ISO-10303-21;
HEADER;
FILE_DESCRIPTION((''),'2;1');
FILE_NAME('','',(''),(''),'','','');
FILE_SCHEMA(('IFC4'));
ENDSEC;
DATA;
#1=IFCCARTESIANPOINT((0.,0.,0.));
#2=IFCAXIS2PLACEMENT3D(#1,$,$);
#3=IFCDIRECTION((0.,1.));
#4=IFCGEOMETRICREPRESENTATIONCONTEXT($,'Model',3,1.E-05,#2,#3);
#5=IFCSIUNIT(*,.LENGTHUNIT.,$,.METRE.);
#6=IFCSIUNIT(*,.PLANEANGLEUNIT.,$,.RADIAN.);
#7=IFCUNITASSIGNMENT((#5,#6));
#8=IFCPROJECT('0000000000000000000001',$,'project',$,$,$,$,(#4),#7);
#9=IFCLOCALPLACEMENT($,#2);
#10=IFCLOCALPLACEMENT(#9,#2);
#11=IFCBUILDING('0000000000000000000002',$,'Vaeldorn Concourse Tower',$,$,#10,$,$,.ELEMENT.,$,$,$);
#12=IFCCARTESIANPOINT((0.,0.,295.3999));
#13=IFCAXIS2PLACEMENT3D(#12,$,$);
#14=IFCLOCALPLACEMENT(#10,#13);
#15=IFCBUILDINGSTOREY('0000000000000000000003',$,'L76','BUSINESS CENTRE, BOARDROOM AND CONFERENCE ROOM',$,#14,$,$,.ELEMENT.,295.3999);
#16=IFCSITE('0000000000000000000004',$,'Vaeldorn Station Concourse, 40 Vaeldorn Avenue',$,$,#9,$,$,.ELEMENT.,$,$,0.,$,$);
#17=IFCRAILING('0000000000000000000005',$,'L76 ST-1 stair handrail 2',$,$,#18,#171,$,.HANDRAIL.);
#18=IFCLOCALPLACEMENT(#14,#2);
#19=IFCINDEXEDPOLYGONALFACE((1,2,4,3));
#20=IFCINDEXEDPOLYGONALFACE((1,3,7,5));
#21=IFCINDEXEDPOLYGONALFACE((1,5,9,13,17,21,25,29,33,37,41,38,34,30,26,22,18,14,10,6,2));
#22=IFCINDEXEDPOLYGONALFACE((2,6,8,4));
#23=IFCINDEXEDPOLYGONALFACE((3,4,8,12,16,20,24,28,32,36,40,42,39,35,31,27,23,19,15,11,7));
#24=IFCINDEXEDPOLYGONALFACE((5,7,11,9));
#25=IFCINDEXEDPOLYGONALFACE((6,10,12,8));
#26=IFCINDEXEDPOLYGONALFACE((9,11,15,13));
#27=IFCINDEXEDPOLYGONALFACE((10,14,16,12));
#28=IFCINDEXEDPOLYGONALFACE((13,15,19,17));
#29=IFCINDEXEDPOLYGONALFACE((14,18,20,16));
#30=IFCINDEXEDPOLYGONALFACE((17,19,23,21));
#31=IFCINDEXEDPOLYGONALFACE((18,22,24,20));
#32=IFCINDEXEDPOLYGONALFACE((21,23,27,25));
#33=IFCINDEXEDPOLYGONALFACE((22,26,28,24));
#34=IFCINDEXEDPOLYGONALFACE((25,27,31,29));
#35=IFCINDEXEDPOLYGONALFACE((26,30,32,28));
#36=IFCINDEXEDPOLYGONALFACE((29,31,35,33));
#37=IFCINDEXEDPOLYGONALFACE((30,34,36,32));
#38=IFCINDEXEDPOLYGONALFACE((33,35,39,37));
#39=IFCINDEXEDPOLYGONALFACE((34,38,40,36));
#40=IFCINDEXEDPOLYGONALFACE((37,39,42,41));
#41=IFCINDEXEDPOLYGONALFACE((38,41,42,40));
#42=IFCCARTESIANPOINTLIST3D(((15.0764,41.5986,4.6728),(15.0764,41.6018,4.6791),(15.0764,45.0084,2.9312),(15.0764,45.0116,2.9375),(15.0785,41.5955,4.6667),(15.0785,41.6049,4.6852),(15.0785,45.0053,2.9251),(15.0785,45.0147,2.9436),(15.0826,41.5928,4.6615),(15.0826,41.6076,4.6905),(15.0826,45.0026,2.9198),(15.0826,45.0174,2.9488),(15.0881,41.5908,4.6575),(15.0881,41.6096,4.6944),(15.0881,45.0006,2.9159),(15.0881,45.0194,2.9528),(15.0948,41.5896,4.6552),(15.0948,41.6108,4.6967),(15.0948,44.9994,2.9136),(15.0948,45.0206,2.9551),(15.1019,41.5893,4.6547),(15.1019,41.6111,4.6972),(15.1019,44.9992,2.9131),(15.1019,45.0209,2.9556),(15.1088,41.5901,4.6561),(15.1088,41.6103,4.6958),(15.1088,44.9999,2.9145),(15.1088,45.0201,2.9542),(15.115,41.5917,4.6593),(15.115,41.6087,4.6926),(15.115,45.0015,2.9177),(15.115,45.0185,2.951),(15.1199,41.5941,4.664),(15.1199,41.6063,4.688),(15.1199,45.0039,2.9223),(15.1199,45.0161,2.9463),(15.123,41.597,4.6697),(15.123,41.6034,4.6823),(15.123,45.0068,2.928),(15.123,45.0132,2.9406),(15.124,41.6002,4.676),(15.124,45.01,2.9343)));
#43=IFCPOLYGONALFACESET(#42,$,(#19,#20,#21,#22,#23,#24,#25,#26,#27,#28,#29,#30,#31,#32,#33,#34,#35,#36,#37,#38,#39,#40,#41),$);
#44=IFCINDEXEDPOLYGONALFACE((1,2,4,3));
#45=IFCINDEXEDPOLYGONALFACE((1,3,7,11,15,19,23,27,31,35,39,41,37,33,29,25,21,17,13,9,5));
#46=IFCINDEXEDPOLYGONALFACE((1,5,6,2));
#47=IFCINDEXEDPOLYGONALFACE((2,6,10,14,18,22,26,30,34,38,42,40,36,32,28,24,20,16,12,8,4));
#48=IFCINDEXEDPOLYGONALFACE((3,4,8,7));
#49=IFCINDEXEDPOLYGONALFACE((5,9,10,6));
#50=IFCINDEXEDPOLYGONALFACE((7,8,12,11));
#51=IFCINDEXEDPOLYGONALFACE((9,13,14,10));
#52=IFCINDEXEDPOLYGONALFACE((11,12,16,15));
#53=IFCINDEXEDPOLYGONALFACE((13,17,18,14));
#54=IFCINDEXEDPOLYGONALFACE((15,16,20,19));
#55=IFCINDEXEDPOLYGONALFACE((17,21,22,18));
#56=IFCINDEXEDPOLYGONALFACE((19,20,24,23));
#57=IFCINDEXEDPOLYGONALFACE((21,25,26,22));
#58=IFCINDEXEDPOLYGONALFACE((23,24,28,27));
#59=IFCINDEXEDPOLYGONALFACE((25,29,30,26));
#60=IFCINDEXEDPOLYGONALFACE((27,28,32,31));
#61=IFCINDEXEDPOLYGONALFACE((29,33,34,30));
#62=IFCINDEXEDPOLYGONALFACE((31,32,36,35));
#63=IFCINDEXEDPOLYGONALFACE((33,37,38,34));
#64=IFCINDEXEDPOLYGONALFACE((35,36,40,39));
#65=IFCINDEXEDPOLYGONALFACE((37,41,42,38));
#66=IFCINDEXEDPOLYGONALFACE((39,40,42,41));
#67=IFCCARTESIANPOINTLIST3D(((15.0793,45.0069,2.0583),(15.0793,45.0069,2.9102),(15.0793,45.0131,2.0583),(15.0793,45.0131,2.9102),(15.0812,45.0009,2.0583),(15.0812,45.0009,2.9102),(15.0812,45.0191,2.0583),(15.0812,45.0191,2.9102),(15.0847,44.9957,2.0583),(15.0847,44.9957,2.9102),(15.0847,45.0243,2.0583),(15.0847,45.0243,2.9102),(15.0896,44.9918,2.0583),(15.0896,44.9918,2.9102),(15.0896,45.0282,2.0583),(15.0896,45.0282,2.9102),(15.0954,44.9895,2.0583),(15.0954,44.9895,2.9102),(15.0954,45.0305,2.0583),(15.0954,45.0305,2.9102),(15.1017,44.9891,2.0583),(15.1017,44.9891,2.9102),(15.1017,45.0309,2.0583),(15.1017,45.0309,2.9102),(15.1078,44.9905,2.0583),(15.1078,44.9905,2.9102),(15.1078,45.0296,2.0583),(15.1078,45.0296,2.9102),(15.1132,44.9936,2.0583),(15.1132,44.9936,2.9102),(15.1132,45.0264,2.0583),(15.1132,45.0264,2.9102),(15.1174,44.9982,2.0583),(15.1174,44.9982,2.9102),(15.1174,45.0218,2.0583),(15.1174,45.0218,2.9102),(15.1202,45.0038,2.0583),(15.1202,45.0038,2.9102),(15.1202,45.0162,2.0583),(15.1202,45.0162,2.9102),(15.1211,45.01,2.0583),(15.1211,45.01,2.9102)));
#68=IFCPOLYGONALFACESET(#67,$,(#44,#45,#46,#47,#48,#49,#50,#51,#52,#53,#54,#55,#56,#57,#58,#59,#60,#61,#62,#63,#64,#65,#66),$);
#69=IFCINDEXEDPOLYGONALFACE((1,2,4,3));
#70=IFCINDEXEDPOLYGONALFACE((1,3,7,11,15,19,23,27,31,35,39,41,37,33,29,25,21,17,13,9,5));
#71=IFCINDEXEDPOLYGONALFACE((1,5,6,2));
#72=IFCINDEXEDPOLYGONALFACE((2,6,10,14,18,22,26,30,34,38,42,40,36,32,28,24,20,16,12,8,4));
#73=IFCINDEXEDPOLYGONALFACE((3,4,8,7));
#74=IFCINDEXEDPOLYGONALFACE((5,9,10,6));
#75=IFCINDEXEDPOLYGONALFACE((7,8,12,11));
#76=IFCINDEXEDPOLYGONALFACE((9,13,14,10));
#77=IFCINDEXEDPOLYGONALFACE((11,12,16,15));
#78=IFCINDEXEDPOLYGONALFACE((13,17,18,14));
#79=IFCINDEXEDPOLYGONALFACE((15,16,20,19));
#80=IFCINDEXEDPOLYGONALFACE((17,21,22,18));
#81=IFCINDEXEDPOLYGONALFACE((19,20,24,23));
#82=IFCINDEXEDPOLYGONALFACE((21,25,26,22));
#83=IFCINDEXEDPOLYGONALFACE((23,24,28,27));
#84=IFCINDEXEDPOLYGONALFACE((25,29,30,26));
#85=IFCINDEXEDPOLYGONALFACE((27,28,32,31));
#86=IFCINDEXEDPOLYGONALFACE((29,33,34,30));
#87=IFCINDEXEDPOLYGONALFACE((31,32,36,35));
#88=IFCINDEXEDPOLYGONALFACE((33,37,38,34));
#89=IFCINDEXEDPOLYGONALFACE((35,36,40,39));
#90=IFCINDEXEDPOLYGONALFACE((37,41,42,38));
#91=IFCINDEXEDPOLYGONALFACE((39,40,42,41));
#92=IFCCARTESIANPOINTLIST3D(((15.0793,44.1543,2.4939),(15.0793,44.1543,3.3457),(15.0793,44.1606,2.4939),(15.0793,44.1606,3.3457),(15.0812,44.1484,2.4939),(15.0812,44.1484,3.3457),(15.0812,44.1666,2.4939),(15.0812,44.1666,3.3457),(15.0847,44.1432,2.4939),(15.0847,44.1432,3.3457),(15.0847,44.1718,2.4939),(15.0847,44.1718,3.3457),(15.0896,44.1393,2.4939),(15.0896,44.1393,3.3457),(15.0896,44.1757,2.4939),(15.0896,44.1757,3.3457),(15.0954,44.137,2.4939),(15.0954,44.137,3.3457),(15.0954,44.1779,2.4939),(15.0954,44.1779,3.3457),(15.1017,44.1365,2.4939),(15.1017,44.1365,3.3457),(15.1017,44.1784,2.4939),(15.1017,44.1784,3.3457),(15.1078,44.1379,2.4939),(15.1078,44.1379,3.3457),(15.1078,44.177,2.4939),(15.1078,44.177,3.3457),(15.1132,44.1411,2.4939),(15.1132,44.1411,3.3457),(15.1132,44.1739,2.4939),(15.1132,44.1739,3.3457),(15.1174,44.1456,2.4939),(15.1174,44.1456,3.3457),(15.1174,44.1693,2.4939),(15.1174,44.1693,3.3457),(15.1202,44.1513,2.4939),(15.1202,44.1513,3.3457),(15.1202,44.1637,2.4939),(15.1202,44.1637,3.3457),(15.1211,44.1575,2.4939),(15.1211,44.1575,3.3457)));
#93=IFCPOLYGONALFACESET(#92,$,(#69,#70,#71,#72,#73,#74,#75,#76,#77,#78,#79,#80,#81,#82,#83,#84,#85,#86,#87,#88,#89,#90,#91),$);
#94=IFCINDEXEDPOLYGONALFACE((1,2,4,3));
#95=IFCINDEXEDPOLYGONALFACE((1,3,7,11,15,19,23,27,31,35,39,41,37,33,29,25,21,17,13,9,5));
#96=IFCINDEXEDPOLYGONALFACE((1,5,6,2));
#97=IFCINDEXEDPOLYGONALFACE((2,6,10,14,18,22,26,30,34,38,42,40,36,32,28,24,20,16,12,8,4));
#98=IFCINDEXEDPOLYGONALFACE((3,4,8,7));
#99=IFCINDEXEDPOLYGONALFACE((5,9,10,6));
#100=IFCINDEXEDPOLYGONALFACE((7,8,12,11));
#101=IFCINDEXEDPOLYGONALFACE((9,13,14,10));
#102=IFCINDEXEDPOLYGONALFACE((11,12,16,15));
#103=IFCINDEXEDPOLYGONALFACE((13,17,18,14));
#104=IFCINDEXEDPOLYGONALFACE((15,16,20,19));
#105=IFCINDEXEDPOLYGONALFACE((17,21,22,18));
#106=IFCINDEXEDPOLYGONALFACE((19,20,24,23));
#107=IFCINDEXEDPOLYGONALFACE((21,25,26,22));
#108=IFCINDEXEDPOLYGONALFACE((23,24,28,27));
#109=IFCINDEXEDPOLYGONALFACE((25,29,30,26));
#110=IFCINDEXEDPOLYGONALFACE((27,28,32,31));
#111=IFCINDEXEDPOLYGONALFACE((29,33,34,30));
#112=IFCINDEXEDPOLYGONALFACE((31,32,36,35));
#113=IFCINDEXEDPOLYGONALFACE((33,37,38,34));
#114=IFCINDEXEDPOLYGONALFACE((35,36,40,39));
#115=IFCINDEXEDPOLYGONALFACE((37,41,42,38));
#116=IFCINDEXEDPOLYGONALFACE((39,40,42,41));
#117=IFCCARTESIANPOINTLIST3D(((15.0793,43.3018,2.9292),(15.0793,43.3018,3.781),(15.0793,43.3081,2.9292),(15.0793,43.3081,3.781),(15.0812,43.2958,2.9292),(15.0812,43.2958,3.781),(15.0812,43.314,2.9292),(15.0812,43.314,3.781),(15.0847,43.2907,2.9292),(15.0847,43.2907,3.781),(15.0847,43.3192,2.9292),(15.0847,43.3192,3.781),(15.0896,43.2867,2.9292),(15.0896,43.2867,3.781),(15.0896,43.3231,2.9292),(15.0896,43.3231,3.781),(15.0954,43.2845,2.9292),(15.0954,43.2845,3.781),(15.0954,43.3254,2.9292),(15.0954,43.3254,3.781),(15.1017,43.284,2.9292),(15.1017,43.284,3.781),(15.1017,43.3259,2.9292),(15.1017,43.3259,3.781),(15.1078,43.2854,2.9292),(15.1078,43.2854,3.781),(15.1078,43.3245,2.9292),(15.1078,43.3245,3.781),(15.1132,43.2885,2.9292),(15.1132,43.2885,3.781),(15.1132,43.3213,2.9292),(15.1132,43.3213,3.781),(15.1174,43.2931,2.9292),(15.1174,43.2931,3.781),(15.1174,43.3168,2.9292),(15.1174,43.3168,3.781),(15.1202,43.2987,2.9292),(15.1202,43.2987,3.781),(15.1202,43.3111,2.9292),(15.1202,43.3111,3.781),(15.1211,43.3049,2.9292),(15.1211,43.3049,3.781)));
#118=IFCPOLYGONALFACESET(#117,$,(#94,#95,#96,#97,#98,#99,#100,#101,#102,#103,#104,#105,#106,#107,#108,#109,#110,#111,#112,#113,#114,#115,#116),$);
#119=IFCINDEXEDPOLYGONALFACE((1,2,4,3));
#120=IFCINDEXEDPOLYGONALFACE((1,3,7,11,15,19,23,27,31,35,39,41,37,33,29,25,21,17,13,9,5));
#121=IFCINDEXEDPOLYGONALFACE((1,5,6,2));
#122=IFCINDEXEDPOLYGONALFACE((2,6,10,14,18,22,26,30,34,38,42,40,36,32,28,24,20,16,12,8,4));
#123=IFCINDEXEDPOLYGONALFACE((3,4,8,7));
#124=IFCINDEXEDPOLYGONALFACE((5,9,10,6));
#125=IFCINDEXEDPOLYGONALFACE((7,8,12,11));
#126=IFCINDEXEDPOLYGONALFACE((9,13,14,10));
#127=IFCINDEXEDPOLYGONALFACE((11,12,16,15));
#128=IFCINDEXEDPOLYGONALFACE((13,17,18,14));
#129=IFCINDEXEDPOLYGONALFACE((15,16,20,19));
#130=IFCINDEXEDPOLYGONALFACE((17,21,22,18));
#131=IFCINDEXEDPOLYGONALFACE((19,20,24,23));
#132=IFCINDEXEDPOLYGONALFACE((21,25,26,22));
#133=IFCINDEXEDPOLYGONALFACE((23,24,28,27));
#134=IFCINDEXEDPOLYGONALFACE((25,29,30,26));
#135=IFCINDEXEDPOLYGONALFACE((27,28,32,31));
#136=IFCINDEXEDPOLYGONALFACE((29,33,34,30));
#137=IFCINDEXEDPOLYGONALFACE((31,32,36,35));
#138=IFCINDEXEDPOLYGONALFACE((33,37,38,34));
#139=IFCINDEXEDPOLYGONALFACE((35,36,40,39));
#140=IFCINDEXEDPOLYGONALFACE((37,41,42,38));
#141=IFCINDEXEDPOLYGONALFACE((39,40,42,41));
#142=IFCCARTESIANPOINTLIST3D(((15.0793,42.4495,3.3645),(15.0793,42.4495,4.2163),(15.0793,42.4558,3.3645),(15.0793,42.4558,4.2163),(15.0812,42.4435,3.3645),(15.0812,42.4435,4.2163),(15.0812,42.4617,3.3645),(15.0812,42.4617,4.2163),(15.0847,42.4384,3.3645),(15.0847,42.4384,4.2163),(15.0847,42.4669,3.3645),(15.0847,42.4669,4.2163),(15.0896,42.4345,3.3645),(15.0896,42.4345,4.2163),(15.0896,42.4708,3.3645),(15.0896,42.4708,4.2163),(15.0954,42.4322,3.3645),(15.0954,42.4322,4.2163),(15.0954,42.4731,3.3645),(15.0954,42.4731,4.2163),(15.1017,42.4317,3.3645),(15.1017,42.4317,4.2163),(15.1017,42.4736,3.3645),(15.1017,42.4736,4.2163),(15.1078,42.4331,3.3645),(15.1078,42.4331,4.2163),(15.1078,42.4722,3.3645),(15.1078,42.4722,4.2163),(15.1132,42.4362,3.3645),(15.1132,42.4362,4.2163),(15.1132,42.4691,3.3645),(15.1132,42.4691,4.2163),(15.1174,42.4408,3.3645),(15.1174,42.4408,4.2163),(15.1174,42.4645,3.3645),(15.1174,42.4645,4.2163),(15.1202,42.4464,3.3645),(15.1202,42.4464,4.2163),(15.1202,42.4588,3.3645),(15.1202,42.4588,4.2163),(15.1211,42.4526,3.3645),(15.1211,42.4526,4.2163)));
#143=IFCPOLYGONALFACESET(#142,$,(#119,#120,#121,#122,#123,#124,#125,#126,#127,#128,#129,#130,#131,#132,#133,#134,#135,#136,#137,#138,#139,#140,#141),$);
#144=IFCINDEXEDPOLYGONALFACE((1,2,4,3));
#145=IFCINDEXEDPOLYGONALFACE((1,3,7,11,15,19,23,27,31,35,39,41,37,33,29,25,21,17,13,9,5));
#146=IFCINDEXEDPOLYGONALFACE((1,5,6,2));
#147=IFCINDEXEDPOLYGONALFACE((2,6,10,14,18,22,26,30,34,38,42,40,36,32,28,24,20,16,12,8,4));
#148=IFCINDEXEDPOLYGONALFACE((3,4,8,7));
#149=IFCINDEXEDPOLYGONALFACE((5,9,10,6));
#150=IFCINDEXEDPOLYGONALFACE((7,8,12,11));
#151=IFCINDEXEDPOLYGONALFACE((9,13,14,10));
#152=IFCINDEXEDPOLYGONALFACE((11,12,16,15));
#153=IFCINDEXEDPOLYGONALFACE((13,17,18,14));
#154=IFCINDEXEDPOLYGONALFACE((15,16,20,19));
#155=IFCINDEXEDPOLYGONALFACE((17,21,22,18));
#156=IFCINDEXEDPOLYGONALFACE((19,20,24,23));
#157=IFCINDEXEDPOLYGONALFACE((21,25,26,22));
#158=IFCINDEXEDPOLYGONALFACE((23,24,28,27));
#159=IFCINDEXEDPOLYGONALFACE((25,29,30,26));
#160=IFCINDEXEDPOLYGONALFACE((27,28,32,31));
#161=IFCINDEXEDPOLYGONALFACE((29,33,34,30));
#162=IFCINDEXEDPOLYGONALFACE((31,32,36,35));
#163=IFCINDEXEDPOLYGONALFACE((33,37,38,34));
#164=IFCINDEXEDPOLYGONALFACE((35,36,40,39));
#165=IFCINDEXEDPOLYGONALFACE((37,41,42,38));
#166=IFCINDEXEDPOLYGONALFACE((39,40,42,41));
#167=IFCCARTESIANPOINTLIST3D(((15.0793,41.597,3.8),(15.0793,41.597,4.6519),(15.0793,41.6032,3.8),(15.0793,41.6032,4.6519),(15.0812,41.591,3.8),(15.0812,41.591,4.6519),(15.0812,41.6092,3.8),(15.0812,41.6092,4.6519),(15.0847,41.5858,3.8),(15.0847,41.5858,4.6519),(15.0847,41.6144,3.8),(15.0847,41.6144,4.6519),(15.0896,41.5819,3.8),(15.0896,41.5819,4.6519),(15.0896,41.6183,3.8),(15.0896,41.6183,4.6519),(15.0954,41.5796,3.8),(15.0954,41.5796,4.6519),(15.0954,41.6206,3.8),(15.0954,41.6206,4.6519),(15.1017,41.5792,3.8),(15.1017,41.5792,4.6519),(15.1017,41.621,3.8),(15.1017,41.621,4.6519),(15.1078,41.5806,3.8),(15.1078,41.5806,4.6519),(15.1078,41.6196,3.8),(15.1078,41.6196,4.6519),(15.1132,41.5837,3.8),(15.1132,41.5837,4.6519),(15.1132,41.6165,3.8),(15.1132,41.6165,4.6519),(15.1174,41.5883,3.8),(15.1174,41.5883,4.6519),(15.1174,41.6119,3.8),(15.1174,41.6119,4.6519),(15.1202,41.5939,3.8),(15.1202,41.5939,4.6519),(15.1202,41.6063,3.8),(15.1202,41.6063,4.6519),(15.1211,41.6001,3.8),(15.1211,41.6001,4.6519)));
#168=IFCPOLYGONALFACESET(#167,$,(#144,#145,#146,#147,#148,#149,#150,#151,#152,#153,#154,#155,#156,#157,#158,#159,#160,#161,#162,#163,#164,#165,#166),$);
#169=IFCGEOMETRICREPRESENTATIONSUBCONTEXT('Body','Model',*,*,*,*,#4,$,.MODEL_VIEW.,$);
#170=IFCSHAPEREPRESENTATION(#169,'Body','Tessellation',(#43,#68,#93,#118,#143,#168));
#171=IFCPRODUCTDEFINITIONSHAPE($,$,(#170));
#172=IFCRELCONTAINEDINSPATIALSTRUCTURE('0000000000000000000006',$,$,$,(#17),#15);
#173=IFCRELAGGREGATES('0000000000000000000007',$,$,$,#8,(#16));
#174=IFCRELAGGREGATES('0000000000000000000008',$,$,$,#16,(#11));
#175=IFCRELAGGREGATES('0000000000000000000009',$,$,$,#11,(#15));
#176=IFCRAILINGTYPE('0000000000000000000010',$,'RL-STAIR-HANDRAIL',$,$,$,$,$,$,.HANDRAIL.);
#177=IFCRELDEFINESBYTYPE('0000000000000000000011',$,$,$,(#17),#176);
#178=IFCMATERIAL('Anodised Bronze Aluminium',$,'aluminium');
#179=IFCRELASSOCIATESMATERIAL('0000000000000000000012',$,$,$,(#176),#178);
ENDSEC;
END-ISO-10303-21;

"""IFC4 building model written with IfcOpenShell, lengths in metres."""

from ifc_helpers import new_model, si_unit, direction, frame, origin, origin_2d, place, context, subcontext, project, spatial, circle, extrude, material, type_object, element, save


model = new_model("IFC4")

# Units and contexts
model_context = context("Model", 3, precision=1e-05, world=origin(), true_north=direction((0.0, 1.0)))
body_context = subcontext(model_context, "Body", "Model", "MODEL_VIEW")
ifc_project = project(units=[si_unit("LENGTHUNIT", "METRE"), si_unit("PLANEANGLEUNIT", "RADIAN")], contexts=[model_context])

# Site, building, storey
site_placement = place(None, origin())
site = spatial("IfcSite", under=ifc_project, at=site_placement, Name="Vaeldorn Station Concourse, 40 Vaeldorn Avenue", CompositionType="ELEMENT", RefElevation=0.0)
building_placement = place(site_placement, origin())
building = spatial("IfcBuilding", under=site, at=building_placement, Name="Vaeldorn Concourse Tower", CompositionType="ELEMENT")
storey_placement = place(building_placement, frame((0.0, 0.0, 295.3999)))
storey = spatial("IfcBuildingStorey", under=building, at=storey_placement, Name="L76", Description="BUSINESS CENTRE, BOARDROOM AND CONFERENCE ROOM", CompositionType="ELEMENT", Elevation=295.3999)

# Shared definitions
ifc_material_1 = material(Name="Anodised Bronze Aluminium", Category="aluminium")

# Railing
railing_type_1 = type_object("IfcRailingType", Name="RL-STAIR-HANDRAIL", PredefinedType="HANDRAIL", material=ifc_material_1)
railing_1_placement = place(storey_placement, frame((15.1001, 45.01, 2.0583)))
element("IfcRailing", 1, at=railing_1_placement, inside=storey, type_object=railing_type_1, Name="L76 ST-1 stair handrail 2", PredefinedType="HANDRAIL", context=body_context, shape_type="SweptSolid", body=[
    extrude(circle(Radius=0.0239, at=origin_2d()), frame((0.0, 0.0, 0.876), z_axis=(0.0, -0.890556, 0.454874), x_axis=(1.0, 0.0, 0.0)), (0.0, 0.0, 1.0), 3.8289),
    extrude(circle(Radius=0.021, at=origin_2d()), origin(), (0.0, 0.0, 1.0), 0.8518),
    extrude(circle(Radius=0.021, at=origin_2d()), frame((0.0, -0.8525, 0.4355)), (0.0, 0.0, 1.0), 0.8518),
    extrude(circle(Radius=0.021, at=origin_2d()), frame((0.0, -1.7051, 0.8708)), (0.0, 0.0, 1.0), 0.8518),
    extrude(circle(Radius=0.021, at=origin_2d()), frame((0.0, -2.5574, 1.3062)), (0.0, 0.0, 1.0), 0.8518),
    extrude(circle(Radius=0.021, at=origin_2d()), frame((0.0, -3.4099, 1.7417)), (0.0, 0.0, 1.0), 0.8518),
])

save(model, "model.ifc")
